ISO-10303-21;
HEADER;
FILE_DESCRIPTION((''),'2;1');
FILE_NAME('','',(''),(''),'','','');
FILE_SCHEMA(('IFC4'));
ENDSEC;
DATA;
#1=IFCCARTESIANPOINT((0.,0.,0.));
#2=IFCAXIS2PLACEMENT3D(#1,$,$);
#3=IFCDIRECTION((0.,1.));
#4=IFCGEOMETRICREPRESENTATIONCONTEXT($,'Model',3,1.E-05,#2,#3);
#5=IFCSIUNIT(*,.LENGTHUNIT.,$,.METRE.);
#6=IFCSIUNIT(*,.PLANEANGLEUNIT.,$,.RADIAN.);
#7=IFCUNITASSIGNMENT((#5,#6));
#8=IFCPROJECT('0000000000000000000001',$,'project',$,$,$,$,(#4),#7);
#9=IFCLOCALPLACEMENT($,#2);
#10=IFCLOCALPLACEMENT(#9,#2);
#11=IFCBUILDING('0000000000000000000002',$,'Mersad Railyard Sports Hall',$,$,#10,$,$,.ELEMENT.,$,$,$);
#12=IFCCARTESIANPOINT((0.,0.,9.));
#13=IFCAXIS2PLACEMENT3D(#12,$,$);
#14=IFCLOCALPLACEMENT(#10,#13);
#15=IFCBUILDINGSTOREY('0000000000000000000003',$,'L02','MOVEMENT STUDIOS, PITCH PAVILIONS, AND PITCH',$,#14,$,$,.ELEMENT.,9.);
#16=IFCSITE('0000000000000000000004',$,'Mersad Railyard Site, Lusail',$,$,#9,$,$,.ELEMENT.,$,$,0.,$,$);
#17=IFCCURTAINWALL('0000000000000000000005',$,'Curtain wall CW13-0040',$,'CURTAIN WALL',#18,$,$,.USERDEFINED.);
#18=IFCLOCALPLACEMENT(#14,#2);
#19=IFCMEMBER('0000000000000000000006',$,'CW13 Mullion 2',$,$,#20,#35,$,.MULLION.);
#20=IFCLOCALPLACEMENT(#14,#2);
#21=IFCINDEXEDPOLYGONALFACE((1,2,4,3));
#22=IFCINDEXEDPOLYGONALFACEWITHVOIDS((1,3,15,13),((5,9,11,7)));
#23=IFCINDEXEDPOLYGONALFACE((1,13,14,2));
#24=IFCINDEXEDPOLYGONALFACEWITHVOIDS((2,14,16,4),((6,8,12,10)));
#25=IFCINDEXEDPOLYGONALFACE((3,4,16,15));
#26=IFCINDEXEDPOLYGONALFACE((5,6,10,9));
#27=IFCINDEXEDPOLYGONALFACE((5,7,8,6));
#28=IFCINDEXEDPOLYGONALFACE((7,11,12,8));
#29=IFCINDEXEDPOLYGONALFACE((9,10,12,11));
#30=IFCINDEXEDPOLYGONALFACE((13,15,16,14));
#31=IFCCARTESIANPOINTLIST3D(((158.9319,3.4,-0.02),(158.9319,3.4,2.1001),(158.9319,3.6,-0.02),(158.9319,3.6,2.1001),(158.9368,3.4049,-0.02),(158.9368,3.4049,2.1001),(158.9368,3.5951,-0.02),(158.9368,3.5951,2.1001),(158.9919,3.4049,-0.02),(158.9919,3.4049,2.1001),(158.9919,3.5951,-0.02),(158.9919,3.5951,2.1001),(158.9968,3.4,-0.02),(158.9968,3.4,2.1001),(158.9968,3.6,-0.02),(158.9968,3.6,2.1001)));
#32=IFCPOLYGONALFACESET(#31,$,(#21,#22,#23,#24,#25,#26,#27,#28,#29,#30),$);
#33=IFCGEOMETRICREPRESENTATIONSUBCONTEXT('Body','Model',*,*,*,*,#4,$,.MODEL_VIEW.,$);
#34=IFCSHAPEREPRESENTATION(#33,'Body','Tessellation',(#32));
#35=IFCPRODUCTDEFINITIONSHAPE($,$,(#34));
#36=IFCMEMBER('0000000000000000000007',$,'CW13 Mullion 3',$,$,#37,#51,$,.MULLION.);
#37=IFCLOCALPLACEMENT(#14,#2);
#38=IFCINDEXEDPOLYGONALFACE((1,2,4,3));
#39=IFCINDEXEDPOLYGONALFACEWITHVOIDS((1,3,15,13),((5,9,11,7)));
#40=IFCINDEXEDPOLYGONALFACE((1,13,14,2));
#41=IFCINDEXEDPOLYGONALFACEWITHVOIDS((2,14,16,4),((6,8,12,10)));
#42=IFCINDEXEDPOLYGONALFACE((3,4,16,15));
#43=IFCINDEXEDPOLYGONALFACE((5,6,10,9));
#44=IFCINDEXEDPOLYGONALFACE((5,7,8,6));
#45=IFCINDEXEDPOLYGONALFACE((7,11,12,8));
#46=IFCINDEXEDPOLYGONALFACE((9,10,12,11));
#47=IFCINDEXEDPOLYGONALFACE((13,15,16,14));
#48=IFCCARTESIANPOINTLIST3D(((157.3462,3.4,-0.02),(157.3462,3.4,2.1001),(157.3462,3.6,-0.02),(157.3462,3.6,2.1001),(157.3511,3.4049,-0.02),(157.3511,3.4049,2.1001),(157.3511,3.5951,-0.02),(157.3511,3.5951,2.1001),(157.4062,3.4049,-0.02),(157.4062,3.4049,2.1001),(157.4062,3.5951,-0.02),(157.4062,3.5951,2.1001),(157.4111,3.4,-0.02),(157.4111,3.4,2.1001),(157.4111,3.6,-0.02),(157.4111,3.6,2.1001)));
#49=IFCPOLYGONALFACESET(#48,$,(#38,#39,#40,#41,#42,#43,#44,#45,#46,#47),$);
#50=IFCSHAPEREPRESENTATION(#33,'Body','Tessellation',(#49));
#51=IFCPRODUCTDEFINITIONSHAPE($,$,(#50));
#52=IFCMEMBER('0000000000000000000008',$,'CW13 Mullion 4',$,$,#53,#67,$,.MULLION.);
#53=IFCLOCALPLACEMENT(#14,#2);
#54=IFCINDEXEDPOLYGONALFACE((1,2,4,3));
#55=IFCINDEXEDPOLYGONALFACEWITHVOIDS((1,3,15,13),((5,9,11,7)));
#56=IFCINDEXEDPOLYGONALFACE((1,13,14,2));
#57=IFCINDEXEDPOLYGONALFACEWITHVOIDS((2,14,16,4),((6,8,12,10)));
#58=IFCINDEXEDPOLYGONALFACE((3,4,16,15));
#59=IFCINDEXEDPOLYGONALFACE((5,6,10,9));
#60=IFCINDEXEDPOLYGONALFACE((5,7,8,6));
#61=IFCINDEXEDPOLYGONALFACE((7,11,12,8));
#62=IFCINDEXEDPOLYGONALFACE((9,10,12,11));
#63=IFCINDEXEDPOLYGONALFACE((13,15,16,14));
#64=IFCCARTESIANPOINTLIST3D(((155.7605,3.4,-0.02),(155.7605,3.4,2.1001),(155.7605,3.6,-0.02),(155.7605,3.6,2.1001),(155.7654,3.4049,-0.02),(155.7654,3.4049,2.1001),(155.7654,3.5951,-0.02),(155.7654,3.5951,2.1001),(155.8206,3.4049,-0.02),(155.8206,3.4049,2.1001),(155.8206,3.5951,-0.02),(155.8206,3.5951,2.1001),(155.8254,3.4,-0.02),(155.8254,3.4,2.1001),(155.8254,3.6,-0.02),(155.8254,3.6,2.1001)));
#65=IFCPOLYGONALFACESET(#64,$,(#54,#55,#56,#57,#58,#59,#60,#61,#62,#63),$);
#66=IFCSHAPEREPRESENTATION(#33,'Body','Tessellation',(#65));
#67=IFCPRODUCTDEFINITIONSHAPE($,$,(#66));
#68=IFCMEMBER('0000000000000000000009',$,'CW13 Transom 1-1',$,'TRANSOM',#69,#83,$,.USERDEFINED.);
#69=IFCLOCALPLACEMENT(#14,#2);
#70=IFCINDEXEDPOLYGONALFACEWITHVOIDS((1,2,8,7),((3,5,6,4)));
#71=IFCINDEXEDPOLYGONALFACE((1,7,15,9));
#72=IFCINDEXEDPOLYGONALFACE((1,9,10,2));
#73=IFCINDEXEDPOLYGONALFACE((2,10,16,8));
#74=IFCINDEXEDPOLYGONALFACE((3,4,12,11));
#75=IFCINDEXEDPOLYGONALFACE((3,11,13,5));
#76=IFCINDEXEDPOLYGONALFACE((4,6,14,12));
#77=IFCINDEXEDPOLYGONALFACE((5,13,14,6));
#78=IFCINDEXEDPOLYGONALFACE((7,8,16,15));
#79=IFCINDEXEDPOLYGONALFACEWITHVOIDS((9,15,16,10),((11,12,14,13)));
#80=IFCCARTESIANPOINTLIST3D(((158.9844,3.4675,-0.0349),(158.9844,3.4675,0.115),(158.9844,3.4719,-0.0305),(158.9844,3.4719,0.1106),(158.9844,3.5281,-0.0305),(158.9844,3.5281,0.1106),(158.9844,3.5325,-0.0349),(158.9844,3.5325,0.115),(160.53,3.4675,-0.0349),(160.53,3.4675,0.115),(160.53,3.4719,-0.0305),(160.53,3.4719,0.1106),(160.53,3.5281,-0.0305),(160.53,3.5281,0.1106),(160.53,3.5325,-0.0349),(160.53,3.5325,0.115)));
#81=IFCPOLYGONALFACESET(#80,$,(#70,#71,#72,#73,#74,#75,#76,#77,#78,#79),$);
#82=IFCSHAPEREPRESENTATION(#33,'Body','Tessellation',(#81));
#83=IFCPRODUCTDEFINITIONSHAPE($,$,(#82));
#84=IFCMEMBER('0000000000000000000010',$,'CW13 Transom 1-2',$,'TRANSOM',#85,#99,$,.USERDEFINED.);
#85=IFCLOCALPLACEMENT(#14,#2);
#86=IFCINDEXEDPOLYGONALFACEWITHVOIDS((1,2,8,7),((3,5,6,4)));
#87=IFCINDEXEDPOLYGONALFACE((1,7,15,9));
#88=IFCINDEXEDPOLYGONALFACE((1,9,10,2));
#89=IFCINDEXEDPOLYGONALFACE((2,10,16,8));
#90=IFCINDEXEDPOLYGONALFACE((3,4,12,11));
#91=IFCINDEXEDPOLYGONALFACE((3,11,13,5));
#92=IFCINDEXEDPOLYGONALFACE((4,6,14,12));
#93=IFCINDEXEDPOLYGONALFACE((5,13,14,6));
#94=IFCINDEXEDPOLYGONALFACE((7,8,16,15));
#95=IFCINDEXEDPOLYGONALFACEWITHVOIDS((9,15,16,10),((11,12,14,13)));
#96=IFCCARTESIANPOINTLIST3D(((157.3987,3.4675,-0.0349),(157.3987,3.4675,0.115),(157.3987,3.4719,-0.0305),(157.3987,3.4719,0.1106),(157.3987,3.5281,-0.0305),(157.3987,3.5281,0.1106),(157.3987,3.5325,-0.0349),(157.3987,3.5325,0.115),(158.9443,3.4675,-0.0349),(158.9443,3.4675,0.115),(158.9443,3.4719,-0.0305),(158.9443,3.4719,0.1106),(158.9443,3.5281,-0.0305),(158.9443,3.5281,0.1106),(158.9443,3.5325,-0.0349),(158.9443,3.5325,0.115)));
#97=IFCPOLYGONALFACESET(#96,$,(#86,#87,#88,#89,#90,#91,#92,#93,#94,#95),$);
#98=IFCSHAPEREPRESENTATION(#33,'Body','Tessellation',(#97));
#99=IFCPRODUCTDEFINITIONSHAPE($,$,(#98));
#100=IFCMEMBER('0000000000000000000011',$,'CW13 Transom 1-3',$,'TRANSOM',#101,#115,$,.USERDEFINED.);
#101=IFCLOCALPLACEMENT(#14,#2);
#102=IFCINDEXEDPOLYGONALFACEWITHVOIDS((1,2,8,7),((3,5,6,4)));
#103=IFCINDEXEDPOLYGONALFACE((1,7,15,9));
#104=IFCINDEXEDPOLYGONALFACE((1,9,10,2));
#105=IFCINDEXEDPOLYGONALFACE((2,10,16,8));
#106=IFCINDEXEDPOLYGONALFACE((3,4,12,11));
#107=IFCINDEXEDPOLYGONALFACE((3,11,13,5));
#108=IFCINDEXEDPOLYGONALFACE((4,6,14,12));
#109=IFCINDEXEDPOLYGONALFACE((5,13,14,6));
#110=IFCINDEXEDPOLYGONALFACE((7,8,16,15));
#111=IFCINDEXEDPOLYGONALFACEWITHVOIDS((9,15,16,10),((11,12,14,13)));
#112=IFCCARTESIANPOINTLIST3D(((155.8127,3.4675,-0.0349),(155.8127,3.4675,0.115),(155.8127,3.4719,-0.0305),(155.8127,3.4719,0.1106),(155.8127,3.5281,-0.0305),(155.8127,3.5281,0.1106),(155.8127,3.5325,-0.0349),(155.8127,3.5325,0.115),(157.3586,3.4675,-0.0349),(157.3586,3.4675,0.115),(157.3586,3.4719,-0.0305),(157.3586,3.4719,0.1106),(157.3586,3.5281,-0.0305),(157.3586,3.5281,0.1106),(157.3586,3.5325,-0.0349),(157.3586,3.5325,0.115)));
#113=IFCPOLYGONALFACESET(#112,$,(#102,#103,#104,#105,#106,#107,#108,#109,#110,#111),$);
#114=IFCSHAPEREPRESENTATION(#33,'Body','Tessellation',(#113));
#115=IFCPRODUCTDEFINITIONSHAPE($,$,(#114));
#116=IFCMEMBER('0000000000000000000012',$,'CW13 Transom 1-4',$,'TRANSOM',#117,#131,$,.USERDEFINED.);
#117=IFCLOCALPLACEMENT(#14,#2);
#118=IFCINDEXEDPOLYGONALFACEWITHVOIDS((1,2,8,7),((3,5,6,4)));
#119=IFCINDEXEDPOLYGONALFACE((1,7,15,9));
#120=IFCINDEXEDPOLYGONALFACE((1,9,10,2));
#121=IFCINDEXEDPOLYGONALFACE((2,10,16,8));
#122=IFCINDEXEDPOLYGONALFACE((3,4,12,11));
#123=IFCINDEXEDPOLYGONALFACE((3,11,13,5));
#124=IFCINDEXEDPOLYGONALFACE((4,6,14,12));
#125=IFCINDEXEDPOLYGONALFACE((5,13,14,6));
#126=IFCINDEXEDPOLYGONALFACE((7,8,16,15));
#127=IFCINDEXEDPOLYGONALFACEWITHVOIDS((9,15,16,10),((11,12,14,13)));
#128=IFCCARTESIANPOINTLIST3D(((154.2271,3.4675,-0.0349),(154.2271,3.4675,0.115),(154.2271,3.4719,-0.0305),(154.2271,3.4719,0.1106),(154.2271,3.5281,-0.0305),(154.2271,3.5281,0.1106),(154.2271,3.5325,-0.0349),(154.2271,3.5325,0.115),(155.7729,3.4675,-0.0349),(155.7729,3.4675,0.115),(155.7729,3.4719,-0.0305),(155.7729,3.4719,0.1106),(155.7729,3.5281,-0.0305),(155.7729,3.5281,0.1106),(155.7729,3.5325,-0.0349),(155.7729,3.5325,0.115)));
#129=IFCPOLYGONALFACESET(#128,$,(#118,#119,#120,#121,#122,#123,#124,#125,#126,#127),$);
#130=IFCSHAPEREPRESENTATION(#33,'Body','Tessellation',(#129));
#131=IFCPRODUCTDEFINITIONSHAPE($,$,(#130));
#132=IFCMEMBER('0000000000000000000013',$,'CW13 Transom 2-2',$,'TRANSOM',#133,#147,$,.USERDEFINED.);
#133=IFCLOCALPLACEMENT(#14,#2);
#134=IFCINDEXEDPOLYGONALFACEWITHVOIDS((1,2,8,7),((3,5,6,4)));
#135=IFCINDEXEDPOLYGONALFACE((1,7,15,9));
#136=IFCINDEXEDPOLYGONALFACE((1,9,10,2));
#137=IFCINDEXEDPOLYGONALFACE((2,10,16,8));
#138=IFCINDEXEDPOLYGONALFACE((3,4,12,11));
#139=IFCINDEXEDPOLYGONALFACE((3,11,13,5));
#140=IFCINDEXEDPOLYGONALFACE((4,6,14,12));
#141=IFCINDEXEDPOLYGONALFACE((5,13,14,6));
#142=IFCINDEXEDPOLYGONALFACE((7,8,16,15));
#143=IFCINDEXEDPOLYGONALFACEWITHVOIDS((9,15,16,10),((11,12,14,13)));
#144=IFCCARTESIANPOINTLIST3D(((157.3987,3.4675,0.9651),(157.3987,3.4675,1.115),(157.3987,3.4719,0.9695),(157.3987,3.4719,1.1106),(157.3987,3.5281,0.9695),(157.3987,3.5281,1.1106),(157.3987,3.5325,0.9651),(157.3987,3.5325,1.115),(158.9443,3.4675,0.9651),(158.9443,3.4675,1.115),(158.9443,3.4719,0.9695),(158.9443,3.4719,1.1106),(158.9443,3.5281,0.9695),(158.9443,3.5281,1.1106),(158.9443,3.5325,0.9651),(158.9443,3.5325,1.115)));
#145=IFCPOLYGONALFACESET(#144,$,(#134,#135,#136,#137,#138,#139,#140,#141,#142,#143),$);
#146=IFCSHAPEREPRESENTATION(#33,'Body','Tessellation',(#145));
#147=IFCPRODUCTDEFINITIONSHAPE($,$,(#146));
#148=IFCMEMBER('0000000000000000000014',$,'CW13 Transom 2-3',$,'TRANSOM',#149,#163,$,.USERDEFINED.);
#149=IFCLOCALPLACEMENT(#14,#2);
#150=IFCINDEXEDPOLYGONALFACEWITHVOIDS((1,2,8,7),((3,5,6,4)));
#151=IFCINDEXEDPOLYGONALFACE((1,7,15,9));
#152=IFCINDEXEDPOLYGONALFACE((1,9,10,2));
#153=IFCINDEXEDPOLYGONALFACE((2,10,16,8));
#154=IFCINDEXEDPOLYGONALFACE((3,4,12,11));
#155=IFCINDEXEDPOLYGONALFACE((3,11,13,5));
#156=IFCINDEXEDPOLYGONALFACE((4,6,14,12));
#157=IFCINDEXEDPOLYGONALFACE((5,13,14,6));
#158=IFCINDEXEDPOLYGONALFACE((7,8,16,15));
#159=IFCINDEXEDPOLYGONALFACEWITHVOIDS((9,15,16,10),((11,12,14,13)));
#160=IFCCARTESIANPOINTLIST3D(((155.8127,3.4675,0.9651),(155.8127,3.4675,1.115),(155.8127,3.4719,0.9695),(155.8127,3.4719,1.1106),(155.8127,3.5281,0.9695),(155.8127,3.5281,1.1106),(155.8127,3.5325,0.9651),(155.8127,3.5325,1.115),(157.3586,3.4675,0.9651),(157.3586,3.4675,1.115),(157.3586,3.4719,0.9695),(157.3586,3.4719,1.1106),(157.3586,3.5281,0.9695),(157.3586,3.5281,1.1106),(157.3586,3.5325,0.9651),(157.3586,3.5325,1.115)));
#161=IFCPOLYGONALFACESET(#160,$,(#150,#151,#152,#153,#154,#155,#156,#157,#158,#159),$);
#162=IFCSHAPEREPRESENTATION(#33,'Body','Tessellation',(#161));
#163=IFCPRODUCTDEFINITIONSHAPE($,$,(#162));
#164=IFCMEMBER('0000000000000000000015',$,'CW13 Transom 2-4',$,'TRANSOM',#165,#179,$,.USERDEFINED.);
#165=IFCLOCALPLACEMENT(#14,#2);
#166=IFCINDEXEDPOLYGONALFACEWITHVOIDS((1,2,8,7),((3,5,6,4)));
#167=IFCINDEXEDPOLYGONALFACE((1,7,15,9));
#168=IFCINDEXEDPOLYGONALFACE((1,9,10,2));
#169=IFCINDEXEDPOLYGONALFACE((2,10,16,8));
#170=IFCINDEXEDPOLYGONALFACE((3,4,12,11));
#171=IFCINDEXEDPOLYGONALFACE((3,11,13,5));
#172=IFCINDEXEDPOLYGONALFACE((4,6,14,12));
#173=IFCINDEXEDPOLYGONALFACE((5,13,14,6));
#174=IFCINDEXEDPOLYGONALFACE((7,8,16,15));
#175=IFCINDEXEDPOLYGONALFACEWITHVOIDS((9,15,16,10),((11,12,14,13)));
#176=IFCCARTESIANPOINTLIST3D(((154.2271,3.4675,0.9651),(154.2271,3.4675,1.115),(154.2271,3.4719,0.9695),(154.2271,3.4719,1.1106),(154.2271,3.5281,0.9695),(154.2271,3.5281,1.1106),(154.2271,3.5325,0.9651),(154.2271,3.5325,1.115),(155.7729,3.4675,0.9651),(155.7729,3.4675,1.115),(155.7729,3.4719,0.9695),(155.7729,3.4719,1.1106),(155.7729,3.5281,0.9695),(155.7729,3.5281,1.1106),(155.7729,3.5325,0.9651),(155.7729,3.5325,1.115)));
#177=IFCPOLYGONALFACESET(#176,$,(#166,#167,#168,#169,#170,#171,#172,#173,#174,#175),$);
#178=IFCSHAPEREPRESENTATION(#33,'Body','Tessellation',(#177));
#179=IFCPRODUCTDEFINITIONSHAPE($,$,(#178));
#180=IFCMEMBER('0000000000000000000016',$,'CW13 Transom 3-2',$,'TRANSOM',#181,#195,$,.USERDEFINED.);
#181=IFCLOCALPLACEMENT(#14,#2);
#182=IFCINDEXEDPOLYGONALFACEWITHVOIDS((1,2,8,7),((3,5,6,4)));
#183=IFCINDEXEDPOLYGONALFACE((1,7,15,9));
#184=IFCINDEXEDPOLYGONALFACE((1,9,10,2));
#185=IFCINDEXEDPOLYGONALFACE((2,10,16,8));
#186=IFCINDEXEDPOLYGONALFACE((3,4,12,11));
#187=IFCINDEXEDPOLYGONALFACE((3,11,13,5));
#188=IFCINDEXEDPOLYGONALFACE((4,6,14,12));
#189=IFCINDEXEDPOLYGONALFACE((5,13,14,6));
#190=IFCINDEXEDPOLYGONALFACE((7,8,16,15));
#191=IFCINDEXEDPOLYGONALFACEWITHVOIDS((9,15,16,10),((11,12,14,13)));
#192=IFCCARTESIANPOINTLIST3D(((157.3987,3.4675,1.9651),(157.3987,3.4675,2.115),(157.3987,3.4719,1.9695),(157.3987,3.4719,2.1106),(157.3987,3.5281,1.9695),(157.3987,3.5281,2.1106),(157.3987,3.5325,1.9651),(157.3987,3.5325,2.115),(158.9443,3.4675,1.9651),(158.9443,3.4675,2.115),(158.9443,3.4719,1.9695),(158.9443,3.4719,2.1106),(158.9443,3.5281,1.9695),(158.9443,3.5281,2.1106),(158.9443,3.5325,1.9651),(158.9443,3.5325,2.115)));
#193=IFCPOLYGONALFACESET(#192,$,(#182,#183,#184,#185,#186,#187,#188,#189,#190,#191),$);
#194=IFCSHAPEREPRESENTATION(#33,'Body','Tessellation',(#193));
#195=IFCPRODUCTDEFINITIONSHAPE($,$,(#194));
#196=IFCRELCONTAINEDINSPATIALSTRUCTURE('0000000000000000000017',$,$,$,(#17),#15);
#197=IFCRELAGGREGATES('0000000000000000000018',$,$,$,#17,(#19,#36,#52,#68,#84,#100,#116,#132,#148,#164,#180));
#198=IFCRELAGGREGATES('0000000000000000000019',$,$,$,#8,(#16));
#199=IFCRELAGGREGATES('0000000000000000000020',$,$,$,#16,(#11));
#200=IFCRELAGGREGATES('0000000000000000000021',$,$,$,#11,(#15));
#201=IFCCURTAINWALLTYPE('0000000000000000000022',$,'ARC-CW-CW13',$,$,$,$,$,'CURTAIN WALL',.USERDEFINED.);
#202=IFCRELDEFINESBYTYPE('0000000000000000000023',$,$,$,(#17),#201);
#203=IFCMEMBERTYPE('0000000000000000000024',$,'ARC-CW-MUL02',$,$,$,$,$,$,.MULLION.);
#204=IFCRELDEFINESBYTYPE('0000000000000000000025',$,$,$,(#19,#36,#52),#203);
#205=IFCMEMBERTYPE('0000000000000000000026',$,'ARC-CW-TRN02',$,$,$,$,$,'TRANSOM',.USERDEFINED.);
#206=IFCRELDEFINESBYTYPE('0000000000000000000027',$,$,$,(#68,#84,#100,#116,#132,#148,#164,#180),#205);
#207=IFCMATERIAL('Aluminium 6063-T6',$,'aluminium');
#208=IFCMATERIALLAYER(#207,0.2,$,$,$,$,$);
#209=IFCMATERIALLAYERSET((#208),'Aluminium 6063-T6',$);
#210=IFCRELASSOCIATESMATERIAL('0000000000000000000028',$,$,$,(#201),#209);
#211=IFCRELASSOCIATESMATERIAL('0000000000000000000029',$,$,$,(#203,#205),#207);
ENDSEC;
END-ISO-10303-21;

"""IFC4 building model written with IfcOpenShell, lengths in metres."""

from ifc_helpers import new_model, si_unit, direction, frame, origin, origin_2d, place, context, subcontext, project, spatial, hollow_rectangle, extrude, material, layer, layer_set, material_profile, profile_set, type_object, element, aggregate, save


model = new_model("IFC4")

# Units and contexts
model_context = context("Model", 3, precision=1e-05, world=origin(), true_north=direction((0.0, 1.0)))
body_context = subcontext(model_context, "Body", "Model", "MODEL_VIEW")
ifc_project = project(units=[si_unit("LENGTHUNIT", "METRE"), si_unit("PLANEANGLEUNIT", "RADIAN")], contexts=[model_context])

# Site, building, storey
site_placement = place(None, origin())
site = spatial("IfcSite", under=ifc_project, at=site_placement, Name="Mersad Railyard Site, Lusail", CompositionType="ELEMENT", RefElevation=0.0)
building_placement = place(site_placement, origin())
building = spatial("IfcBuilding", under=site, at=building_placement, Name="Mersad Railyard Sports Hall", CompositionType="ELEMENT")
storey_placement = place(building_placement, frame((0.0, 0.0, 9.0)))
storey = spatial("IfcBuildingStorey", under=building, at=storey_placement, Name="L02", Description="MOVEMENT STUDIOS, PITCH PAVILIONS, AND PITCH", CompositionType="ELEMENT", Elevation=9.0)

# Curtain wall, members
ifc_material_1 = material(Name="Aluminium 6063-T6", Category="aluminium")
ifc_layer_1 = layer(ifc_material_1, 0.2)
ifc_layer_set_1 = layer_set([ifc_layer_1], Name="Aluminium 6063-T6")
curtain_wall_type = type_object("IfcCurtainWallType", Name="ARC-CW-CW13", ElementType="CURTAIN WALL", PredefinedType="USERDEFINED", material=ifc_layer_set_1)
curtain_wall_placement = place(storey_placement, origin())
curtain_wall = element("IfcCurtainWall", 1, at=curtain_wall_placement, inside=storey, type_object=curtain_wall_type, Name="Curtain wall CW13-0040", ObjectType="CURTAIN WALL", PredefinedType="USERDEFINED")
ifc_material_profile_1 = material_profile(ifc_material_1, hollow_rectangle(XDim=0.0649, YDim=0.2, WallThickness=0.0049, at=origin_2d()), Name="AL MULLION 65x200x5")
ifc_profile_set_1 = profile_set([ifc_material_profile_1], Name="Aluminium 6063-T6")
member_type_1 = type_object("IfcMemberType", Name="ARC-CW-MUL02", PredefinedType="MULLION", material=ifc_profile_set_1)
member_1_placement = place(storey_placement, frame((158.9644, 3.5, -0.02), z_axis=(0.0, 0.0, 1.0), x_axis=(1.0, 0.0, 0.0)))
member_1 = element("IfcMember", 2, at=member_1_placement, type_object=member_type_1, Name="CW13 Mullion 2", PredefinedType="MULLION", context=body_context, shape_type="SweptSolid", body=[
    extrude(hollow_rectangle(XDim=0.0649, YDim=0.2, WallThickness=0.0049, at=origin_2d()), origin(), (0.0, 0.0, 1.0), 2.1201),
])
member_2_placement = place(storey_placement, frame((157.3787, 3.5, -0.02), z_axis=(0.0, 0.0, 1.0), x_axis=(1.0, 0.0, 0.0)))
member_2 = element("IfcMember", 3, at=member_2_placement, type_object=member_type_1, Name="CW13 Mullion 3", PredefinedType="MULLION", context=body_context, shape_type="SweptSolid", body=[
    extrude(hollow_rectangle(XDim=0.0649, YDim=0.2, WallThickness=0.0049, at=origin_2d()), origin(), (0.0, 0.0, 1.0), 2.1201),
])
member_3_placement = place(storey_placement, frame((155.793, 3.5, -0.02), z_axis=(0.0, 0.0, 1.0), x_axis=(1.0, 0.0, 0.0)))
member_3 = element("IfcMember", 4, at=member_3_placement, type_object=member_type_1, Name="CW13 Mullion 4", PredefinedType="MULLION", context=body_context, shape_type="SweptSolid", body=[
    extrude(hollow_rectangle(XDim=0.0649, YDim=0.2, WallThickness=0.0049, at=origin_2d()), origin(), (0.0, 0.0, 1.0), 2.1201),
])
ifc_material_profile_2 = material_profile(ifc_material_1, hollow_rectangle(XDim=0.0649, YDim=0.1499, WallThickness=0.0044, at=origin_2d()), Name="AL TRANSOM 65x150x4.5")
ifc_profile_set_2 = profile_set([ifc_material_profile_2], Name="Aluminium 6063-T6")
member_type_2 = type_object("IfcMemberType", Name="ARC-CW-TRN02", ElementType="TRANSOM", PredefinedType="USERDEFINED", material=ifc_profile_set_2)
member_4_placement = place(storey_placement, frame((160.53, 3.5, 0.04), z_axis=(-1.0, 0.0, 0.0), x_axis=(0.0, -1.0, 0.0)))
member_4 = element("IfcMember", 5, at=member_4_placement, type_object=member_type_2, Name="CW13 Transom 1-1", ObjectType="TRANSOM", PredefinedType="USERDEFINED", context=body_context, shape_type="SweptSolid", body=[
    extrude(hollow_rectangle(XDim=0.0649, YDim=0.1499, WallThickness=0.0044, at=origin_2d()), origin(), (0.0, 0.0, 1.0), 1.5457),
])
member_5_placement = place(storey_placement, frame((158.9443, 3.5, 0.04), z_axis=(-1.0, 0.0, 0.0), x_axis=(0.0, -1.0, 0.0)))
member_5 = element("IfcMember", 6, at=member_5_placement, type_object=member_type_2, Name="CW13 Transom 1-2", ObjectType="TRANSOM", PredefinedType="USERDEFINED", context=body_context, shape_type="SweptSolid", body=[
    extrude(hollow_rectangle(XDim=0.0649, YDim=0.1499, WallThickness=0.0044, at=origin_2d()), origin(), (0.0, 0.0, 1.0), 1.5457),
])
member_6_placement = place(storey_placement, frame((157.3586, 3.5, 0.04), z_axis=(-1.0, 0.0, 0.0), x_axis=(0.0, -1.0, 0.0)))
member_6 = element("IfcMember", 7, at=member_6_placement, type_object=member_type_2, Name="CW13 Transom 1-3", ObjectType="TRANSOM", PredefinedType="USERDEFINED", context=body_context, shape_type="SweptSolid", body=[
    extrude(hollow_rectangle(XDim=0.0649, YDim=0.1499, WallThickness=0.0044, at=origin_2d()), origin(), (0.0, 0.0, 1.0), 1.5459),
])
member_7_placement = place(storey_placement, frame((155.7729, 3.5, 0.04), z_axis=(-1.0, 0.0, 0.0), x_axis=(0.0, -1.0, 0.0)))
member_7 = element("IfcMember", 8, at=member_7_placement, type_object=member_type_2, Name="CW13 Transom 1-4", ObjectType="TRANSOM", PredefinedType="USERDEFINED", context=body_context, shape_type="SweptSolid", body=[
    extrude(hollow_rectangle(XDim=0.0649, YDim=0.1499, WallThickness=0.0044, at=origin_2d()), origin(), (0.0, 0.0, 1.0), 1.5459),
])
member_8_placement = place(storey_placement, frame((158.9443, 3.5, 1.04), z_axis=(-1.0, 0.0, 0.0), x_axis=(0.0, -1.0, 0.0)))
member_8 = element("IfcMember", 9, at=member_8_placement, type_object=member_type_2, Name="CW13 Transom 2-2", ObjectType="TRANSOM", PredefinedType="USERDEFINED", context=body_context, shape_type="SweptSolid", body=[
    extrude(hollow_rectangle(XDim=0.0649, YDim=0.1499, WallThickness=0.0044, at=origin_2d()), origin(), (0.0, 0.0, 1.0), 1.5457),
])
member_9_placement = place(storey_placement, frame((157.3586, 3.5, 1.04), z_axis=(-1.0, 0.0, 0.0), x_axis=(0.0, -1.0, 0.0)))
member_9 = element("IfcMember", 10, at=member_9_placement, type_object=member_type_2, Name="CW13 Transom 2-3", ObjectType="TRANSOM", PredefinedType="USERDEFINED", context=body_context, shape_type="SweptSolid", body=[
    extrude(hollow_rectangle(XDim=0.0649, YDim=0.1499, WallThickness=0.0044, at=origin_2d()), origin(), (0.0, 0.0, 1.0), 1.5459),
])
member_10_placement = place(storey_placement, frame((155.7729, 3.5, 1.04), z_axis=(-1.0, 0.0, 0.0), x_axis=(0.0, -1.0, 0.0)))
member_10 = element("IfcMember", 11, at=member_10_placement, type_object=member_type_2, Name="CW13 Transom 2-4", ObjectType="TRANSOM", PredefinedType="USERDEFINED", context=body_context, shape_type="SweptSolid", body=[
    extrude(hollow_rectangle(XDim=0.0649, YDim=0.1499, WallThickness=0.0044, at=origin_2d()), origin(), (0.0, 0.0, 1.0), 1.5459),
])
member_11_placement = place(storey_placement, frame((158.9443, 3.5, 2.04), z_axis=(-1.0, 0.0, 0.0), x_axis=(0.0, -1.0, 0.0)))
member_11 = element("IfcMember", 12, at=member_11_placement, type_object=member_type_2, Name="CW13 Transom 3-2", ObjectType="TRANSOM", PredefinedType="USERDEFINED", context=body_context, shape_type="SweptSolid", body=[
    extrude(hollow_rectangle(XDim=0.0649, YDim=0.1499, WallThickness=0.0044, at=origin_2d()), origin(), (0.0, 0.0, 1.0), 1.5457),
])

aggregate(curtain_wall, [member_1, member_2, member_3, member_4, member_5, member_6, member_7, member_8, member_9, member_10, member_11])

save(model, "model.ifc")
